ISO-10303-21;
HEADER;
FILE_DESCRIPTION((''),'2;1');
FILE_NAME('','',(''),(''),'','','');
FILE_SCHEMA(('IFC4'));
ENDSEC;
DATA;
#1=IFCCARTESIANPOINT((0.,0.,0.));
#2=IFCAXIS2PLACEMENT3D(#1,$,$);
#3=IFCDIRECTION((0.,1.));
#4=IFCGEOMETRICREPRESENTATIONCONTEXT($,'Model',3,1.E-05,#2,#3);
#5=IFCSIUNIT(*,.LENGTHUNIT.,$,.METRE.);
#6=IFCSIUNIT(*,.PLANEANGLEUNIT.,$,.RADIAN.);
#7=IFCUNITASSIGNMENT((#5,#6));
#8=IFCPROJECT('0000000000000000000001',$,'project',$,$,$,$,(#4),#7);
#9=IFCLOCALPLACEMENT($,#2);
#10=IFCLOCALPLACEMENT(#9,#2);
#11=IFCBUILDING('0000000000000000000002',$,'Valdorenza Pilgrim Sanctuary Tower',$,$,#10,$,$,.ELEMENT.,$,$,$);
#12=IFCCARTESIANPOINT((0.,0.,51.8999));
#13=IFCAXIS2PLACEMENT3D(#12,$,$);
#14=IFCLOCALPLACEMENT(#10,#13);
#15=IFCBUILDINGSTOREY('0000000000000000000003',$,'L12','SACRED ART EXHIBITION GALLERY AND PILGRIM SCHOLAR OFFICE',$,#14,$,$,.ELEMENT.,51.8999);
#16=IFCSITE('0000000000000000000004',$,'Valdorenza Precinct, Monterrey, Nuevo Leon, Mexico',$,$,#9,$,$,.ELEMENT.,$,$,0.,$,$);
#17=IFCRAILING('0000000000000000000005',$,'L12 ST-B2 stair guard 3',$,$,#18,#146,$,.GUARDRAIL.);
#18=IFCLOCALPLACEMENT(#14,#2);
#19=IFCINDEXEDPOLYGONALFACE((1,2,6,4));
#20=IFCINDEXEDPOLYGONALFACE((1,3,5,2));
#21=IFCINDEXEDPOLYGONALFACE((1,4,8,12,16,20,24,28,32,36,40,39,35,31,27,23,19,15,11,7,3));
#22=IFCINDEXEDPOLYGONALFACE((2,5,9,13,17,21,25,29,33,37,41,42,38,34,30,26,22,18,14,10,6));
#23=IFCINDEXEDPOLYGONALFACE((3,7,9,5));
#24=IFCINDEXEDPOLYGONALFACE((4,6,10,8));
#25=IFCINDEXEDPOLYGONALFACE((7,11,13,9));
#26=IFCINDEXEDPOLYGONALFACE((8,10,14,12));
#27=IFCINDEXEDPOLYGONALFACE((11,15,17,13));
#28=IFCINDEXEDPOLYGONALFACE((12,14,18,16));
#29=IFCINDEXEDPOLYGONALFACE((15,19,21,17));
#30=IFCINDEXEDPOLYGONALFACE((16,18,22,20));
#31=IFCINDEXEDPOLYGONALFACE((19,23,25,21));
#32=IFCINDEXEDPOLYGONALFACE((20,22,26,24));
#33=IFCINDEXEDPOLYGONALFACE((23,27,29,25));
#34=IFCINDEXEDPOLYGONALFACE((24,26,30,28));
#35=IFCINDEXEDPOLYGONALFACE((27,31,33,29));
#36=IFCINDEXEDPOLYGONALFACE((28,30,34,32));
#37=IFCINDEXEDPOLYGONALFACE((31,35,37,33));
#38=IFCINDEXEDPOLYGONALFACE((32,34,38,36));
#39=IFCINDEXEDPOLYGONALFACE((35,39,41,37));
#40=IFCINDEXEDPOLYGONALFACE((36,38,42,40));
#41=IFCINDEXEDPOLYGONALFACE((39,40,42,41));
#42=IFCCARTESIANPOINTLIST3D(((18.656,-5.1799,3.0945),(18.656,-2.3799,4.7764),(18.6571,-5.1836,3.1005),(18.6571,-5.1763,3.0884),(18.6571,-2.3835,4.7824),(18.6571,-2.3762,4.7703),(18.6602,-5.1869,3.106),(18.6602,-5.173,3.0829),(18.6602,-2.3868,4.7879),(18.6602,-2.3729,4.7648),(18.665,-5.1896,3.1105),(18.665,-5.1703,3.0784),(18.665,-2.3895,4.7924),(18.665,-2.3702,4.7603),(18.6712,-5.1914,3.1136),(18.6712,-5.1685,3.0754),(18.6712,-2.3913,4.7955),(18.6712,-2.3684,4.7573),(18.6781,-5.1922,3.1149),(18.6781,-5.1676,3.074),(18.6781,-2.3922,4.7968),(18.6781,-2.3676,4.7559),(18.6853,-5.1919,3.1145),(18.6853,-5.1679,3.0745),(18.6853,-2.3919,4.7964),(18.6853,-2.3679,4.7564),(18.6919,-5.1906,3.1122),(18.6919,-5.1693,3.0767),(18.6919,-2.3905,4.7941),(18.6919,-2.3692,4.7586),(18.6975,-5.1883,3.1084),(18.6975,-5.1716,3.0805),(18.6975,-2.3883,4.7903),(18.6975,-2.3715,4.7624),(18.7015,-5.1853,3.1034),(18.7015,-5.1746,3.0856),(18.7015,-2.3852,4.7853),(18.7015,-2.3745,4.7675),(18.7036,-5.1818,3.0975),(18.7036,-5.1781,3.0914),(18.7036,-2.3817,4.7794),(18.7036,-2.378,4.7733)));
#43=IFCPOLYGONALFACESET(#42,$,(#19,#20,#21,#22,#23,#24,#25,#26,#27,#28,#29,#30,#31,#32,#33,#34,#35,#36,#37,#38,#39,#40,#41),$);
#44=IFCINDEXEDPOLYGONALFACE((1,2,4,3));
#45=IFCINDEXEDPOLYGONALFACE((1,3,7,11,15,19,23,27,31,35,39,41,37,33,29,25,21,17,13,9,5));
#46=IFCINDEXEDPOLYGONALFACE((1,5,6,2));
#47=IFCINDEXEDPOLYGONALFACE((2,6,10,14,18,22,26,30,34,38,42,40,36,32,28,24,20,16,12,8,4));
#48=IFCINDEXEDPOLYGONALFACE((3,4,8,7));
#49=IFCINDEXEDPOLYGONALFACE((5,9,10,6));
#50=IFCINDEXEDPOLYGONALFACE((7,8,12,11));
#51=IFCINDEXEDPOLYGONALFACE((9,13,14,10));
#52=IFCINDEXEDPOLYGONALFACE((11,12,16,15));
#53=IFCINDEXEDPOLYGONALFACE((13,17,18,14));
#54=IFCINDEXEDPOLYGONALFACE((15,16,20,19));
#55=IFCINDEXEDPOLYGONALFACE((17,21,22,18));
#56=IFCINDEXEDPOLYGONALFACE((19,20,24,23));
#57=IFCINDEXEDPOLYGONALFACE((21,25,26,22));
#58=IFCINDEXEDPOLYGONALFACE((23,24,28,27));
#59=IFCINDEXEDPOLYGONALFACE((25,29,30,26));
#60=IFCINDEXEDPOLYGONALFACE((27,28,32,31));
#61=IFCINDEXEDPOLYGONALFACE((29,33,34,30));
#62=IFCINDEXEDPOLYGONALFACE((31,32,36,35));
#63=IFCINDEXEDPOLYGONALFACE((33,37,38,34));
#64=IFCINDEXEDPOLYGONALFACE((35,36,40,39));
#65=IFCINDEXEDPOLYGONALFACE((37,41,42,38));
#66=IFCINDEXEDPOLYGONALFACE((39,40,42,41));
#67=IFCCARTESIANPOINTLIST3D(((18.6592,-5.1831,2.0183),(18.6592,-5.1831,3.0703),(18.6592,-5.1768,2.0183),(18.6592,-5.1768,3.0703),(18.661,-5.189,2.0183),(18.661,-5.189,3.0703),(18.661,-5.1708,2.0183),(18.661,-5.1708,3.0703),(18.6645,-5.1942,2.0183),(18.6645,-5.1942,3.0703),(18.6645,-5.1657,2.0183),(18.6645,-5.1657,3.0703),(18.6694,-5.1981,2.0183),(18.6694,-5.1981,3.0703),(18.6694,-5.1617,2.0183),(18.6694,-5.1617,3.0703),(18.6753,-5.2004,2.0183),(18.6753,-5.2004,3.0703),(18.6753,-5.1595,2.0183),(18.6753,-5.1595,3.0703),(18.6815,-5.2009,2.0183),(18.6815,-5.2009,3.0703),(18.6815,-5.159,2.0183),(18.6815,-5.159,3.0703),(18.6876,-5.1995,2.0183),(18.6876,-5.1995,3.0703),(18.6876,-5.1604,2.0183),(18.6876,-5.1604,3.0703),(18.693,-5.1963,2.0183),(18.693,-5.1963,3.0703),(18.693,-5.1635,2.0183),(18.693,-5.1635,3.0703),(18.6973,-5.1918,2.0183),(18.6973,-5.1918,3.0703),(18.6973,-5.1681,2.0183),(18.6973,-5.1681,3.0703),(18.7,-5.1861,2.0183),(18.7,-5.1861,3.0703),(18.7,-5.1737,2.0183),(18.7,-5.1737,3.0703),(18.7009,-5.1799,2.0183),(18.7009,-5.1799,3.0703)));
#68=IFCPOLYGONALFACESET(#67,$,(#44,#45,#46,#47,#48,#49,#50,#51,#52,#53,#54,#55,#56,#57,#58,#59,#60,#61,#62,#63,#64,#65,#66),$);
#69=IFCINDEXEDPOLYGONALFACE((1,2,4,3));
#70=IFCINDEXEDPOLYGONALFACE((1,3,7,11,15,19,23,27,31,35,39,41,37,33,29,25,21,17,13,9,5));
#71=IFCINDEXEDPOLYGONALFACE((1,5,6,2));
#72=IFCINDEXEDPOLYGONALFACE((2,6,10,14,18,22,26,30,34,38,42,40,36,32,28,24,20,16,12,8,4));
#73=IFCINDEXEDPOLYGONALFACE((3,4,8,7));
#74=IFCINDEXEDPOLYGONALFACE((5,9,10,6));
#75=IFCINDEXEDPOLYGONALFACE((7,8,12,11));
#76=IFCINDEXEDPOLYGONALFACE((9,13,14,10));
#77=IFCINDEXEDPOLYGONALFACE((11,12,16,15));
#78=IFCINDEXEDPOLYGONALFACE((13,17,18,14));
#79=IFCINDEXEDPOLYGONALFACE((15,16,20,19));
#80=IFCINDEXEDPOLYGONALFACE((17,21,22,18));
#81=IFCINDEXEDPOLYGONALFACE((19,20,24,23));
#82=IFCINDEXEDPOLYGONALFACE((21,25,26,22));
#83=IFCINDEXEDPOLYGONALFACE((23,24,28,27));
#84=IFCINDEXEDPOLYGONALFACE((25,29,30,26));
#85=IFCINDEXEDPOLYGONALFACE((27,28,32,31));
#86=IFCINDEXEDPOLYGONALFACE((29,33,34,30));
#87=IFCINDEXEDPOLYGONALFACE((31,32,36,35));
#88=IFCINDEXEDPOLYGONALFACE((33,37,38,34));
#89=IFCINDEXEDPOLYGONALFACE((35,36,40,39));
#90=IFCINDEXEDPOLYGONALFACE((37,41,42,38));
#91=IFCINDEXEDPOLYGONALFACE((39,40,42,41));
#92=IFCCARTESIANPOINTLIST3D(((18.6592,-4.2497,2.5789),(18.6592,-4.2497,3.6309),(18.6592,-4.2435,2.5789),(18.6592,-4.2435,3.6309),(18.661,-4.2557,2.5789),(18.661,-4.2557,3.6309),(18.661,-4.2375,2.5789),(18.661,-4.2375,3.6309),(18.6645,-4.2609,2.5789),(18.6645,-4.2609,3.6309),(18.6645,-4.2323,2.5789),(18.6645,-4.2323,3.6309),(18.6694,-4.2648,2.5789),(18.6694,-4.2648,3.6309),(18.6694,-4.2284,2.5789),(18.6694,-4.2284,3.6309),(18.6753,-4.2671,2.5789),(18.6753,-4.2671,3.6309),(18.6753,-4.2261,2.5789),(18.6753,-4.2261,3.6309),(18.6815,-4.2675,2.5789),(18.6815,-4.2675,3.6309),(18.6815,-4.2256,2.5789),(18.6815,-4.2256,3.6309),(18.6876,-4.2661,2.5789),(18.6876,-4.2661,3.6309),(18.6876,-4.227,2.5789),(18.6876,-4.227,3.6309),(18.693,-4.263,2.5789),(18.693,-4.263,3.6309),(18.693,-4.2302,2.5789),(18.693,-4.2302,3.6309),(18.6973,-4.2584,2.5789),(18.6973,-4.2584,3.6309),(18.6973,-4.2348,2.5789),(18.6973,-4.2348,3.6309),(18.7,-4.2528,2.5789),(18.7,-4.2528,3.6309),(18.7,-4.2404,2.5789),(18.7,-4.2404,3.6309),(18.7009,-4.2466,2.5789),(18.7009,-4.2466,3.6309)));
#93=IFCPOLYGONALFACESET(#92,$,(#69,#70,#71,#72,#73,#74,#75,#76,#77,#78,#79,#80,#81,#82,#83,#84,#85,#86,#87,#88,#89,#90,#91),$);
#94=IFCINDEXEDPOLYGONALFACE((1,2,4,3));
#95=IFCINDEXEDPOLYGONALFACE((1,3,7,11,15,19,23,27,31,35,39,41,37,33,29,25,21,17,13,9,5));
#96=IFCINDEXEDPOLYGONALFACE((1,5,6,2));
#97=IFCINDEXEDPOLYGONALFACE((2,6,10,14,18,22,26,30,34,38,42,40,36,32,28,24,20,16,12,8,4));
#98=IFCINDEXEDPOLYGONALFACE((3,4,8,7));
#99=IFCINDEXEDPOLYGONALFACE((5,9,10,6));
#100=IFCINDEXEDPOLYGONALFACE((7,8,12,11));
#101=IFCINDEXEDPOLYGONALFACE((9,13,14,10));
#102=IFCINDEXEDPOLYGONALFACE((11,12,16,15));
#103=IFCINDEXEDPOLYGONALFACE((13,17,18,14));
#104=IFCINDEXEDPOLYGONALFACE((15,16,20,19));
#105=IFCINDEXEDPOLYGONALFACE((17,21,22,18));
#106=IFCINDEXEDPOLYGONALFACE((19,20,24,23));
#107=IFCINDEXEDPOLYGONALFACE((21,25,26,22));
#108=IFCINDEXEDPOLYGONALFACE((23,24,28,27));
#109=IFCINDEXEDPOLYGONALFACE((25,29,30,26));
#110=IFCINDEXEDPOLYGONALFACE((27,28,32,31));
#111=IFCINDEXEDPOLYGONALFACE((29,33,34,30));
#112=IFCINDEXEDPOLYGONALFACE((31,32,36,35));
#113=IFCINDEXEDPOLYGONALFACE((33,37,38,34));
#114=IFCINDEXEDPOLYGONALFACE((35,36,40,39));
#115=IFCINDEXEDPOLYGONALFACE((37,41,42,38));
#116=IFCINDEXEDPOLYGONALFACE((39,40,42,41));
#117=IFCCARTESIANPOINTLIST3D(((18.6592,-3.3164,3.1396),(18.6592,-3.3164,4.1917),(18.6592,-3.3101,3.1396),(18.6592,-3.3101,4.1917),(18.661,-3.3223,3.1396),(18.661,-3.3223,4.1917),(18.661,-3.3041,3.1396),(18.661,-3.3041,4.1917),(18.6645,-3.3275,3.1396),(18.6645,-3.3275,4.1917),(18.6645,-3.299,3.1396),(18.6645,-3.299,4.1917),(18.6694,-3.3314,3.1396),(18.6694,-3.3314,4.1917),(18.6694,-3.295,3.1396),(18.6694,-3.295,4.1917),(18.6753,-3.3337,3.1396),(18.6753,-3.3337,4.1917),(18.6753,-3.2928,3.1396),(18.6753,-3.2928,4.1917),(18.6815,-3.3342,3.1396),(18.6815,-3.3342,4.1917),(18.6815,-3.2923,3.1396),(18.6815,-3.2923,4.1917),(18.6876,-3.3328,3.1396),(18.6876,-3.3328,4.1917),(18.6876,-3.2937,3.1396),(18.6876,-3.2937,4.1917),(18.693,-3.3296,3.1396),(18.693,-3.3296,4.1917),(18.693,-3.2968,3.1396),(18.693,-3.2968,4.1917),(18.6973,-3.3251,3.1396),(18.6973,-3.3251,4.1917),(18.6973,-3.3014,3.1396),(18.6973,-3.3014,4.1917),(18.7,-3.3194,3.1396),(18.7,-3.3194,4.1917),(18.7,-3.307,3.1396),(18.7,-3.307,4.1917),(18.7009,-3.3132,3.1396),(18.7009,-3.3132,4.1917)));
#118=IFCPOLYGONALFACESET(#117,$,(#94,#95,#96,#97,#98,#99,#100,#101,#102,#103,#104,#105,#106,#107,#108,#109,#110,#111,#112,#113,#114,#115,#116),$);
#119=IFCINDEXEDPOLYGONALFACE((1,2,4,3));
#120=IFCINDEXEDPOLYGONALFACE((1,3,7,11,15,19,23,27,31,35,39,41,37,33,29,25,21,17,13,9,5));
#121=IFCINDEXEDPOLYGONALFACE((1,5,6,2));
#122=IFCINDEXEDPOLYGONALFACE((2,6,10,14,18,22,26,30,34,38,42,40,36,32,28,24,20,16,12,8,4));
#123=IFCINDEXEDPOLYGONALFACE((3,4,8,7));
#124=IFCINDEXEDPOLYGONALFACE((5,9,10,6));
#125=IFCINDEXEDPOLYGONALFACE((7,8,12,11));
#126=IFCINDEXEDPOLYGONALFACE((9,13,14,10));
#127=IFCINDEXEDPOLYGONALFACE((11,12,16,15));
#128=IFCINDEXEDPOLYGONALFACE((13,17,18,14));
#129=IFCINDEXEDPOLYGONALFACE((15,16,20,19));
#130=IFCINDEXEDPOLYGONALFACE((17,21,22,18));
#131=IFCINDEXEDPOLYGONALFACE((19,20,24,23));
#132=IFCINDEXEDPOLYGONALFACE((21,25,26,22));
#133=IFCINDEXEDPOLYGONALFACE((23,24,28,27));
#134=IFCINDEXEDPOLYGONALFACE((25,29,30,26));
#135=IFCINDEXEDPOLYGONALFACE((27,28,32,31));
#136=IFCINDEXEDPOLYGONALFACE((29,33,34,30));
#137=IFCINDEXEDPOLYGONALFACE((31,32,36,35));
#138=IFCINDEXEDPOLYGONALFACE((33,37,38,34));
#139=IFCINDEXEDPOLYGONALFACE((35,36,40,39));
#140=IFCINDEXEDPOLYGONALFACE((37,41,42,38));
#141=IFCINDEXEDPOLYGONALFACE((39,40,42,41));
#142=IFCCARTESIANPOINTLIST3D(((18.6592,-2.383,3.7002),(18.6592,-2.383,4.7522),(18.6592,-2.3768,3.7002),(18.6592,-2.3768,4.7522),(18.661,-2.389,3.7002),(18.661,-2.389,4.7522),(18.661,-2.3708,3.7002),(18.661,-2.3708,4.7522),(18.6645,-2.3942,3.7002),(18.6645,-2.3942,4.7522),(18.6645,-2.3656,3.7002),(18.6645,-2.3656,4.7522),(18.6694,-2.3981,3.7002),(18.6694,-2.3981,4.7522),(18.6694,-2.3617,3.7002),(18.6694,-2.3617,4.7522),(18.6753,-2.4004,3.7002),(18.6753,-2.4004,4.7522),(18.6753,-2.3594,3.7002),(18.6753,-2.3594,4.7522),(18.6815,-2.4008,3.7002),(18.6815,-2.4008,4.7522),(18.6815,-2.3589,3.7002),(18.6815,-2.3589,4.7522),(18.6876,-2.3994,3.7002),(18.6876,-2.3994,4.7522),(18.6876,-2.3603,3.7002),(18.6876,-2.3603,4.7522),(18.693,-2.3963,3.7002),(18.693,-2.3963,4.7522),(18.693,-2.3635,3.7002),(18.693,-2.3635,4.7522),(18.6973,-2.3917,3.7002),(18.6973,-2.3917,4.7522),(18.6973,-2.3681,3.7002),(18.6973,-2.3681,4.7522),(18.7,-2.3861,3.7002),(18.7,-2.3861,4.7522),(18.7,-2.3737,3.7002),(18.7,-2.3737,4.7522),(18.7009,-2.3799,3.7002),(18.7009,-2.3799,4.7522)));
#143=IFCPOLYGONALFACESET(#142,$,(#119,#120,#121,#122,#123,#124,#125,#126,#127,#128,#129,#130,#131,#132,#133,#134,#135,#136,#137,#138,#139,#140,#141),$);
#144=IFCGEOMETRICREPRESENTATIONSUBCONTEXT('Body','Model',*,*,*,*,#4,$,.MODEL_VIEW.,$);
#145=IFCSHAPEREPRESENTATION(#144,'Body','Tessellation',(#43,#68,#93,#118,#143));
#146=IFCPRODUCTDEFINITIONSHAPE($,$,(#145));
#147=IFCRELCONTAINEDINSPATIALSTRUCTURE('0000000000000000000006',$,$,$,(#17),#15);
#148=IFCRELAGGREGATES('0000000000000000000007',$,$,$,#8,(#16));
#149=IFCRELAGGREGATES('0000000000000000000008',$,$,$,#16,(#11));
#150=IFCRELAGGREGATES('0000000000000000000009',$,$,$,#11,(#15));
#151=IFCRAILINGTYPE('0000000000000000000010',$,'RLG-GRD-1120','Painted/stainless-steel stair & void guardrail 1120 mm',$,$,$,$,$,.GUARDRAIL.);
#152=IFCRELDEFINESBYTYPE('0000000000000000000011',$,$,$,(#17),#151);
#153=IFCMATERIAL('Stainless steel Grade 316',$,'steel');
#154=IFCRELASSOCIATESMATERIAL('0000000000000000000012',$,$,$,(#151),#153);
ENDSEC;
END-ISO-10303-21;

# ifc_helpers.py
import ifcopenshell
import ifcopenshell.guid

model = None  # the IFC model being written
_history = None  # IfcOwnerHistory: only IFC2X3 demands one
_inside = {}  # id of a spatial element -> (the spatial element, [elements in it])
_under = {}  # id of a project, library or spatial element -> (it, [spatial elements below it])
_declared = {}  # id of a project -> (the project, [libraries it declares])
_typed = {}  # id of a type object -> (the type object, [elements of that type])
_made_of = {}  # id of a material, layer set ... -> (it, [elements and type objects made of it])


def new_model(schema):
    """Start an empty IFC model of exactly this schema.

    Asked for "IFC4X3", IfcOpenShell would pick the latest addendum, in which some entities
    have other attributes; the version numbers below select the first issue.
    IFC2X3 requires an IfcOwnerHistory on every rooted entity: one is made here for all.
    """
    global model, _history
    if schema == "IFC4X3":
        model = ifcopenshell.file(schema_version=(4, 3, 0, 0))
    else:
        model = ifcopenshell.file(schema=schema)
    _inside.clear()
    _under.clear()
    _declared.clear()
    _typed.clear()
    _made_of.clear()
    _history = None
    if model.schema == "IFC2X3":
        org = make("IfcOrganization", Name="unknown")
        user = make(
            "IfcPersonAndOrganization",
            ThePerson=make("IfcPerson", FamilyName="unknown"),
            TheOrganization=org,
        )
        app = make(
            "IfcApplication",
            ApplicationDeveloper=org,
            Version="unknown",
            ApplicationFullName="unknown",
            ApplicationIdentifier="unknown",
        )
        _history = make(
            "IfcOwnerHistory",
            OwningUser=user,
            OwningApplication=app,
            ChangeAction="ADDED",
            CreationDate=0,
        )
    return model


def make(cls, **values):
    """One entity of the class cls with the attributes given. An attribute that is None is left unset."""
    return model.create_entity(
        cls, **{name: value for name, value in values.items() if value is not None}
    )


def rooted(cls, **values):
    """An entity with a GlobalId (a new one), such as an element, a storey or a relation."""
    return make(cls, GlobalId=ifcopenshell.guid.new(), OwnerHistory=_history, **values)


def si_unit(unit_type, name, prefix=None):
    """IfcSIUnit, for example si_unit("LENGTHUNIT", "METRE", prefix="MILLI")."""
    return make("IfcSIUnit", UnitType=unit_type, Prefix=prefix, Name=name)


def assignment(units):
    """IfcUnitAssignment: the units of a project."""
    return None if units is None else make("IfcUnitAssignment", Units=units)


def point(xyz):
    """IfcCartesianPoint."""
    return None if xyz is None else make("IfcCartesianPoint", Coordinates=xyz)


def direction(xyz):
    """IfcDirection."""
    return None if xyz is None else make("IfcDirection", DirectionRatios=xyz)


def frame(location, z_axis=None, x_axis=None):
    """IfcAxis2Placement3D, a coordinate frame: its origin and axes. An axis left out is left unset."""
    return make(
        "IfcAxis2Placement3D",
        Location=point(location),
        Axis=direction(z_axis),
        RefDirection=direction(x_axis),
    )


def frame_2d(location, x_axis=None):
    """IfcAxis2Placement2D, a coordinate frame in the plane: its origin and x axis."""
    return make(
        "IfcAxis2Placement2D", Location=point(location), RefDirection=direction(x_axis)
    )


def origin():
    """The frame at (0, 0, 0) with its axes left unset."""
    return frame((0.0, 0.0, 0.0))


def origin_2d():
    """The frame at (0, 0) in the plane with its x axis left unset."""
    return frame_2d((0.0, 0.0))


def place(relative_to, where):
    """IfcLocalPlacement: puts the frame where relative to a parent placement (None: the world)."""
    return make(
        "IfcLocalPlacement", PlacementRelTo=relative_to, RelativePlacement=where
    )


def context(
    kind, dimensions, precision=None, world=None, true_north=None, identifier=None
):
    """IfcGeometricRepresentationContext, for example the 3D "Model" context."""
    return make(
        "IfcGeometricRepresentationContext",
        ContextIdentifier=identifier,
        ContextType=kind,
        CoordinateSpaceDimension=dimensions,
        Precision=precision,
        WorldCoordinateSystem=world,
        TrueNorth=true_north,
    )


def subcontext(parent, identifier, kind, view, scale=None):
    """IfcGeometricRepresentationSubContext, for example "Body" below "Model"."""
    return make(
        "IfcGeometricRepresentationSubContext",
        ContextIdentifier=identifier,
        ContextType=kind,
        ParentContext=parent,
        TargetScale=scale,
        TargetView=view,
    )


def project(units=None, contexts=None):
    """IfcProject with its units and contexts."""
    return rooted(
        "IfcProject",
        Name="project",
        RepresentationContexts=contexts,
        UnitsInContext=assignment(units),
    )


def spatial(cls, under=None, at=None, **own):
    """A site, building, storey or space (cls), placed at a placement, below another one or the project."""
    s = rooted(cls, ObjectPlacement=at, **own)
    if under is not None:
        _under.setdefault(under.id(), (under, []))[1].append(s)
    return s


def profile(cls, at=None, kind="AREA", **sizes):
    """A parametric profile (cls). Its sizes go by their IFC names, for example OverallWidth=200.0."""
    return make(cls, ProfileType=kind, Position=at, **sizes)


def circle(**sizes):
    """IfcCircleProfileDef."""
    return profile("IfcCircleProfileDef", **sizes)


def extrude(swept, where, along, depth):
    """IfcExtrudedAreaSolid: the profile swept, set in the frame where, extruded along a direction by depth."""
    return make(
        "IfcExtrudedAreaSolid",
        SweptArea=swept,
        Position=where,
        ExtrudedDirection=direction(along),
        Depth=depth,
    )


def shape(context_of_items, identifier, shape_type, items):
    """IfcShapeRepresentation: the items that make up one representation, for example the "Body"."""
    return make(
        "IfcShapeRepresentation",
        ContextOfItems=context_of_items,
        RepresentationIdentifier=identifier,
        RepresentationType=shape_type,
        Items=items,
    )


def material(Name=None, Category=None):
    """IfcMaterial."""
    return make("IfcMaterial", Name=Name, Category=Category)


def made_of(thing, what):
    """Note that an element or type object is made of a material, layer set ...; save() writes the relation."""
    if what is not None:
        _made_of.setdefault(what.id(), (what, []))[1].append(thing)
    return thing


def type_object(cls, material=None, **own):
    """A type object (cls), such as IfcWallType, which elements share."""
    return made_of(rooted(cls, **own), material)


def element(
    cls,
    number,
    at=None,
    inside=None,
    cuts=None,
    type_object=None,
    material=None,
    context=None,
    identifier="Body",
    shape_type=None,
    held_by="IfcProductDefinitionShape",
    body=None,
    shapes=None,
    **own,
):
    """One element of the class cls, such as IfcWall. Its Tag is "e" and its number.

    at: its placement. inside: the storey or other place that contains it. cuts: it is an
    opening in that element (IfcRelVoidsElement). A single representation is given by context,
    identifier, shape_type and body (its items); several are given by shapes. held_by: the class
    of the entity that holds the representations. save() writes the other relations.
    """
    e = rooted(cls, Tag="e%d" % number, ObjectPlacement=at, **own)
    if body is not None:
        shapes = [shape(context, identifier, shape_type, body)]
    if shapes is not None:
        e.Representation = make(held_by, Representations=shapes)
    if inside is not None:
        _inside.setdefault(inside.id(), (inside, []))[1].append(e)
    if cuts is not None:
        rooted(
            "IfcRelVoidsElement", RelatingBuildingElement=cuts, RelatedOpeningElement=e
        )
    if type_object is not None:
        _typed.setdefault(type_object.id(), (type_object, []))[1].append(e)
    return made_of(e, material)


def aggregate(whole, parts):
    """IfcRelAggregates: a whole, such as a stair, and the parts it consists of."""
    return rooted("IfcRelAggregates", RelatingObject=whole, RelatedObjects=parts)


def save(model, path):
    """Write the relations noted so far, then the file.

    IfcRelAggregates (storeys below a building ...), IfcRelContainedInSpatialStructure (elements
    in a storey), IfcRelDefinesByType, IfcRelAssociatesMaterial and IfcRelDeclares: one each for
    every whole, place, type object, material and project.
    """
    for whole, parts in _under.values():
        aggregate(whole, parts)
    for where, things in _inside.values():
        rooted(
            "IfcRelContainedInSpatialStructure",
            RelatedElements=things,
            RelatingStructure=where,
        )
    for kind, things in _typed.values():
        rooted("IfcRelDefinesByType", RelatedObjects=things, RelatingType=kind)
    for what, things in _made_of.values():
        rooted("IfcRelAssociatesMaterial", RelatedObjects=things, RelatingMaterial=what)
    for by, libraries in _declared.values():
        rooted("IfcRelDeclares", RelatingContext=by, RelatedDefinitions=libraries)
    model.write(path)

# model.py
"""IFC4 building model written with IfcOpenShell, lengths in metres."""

from ifc_helpers import new_model, si_unit, direction, frame, origin, origin_2d, place, context, subcontext, project, spatial, circle, extrude, material, type_object, element, save


model = new_model("IFC4")

# Units and contexts
model_context = context("Model", 3, precision=1e-05, world=origin(), true_north=direction((0.0, 1.0)))
body_context = subcontext(model_context, "Body", "Model", "MODEL_VIEW")
ifc_project = project(units=[si_unit("LENGTHUNIT", "METRE"), si_unit("PLANEANGLEUNIT", "RADIAN")], contexts=[model_context])

# Site, building, storey
site_placement = place(None, origin())
site = spatial("IfcSite", under=ifc_project, at=site_placement, Name="Valdorenza Precinct, Monterrey, Nuevo Leon, Mexico", CompositionType="ELEMENT", RefElevation=0.0)
building_placement = place(site_placement, origin())
building = spatial("IfcBuilding", under=site, at=building_placement, Name="Valdorenza Pilgrim Sanctuary Tower", CompositionType="ELEMENT")
storey_placement = place(building_placement, frame((0.0, 0.0, 51.8999)))
storey = spatial("IfcBuildingStorey", under=building, at=storey_placement, Name="L12", Description="SACRED ART EXHIBITION GALLERY AND PILGRIM SCHOLAR OFFICE", CompositionType="ELEMENT", Elevation=51.8999)

# Railing
ifc_material_1 = material(Name="Stainless steel Grade 316", Category="steel")
railing_type_1 = type_object("IfcRailingType", Name="RLG-GRD-1120", Description="Painted/stainless-steel stair & void guardrail 1120 mm", PredefinedType="GUARDRAIL", material=ifc_material_1)
railing_1_placement = place(storey_placement, frame((18.6799, -5.1799, 2.0183)))
element("IfcRailing", 1, at=railing_1_placement, inside=storey, type_object=railing_type_1, Name="L12 ST-B2 stair guard 3", PredefinedType="GUARDRAIL", context=body_context, shape_type="SweptSolid", body=[
    extrude(circle(Radius=0.0239, at=origin_2d()), frame((0.0, 0.0, 1.0762), z_axis=(0.0, 0.857242, 0.514913), x_axis=(-1.0, 0.0, 0.0)), (0.0, 0.0, 1.0), 3.2664),
    extrude(circle(Radius=0.021, at=origin_2d()), origin(), (0.0, 0.0, 1.0), 1.052),
    extrude(circle(Radius=0.021, at=origin_2d()), frame((0.0, 0.9333, 0.5605)), (0.0, 0.0, 1.0), 1.052),
    extrude(circle(Radius=0.021, at=origin_2d()), frame((0.0, 1.8667, 1.1213)), (0.0, 0.0, 1.0), 1.052),
    extrude(circle(Radius=0.021, at=origin_2d()), frame((0.0, 2.8, 1.6819)), (0.0, 0.0, 1.0), 1.052),
])

save(model, "model.ifc")
